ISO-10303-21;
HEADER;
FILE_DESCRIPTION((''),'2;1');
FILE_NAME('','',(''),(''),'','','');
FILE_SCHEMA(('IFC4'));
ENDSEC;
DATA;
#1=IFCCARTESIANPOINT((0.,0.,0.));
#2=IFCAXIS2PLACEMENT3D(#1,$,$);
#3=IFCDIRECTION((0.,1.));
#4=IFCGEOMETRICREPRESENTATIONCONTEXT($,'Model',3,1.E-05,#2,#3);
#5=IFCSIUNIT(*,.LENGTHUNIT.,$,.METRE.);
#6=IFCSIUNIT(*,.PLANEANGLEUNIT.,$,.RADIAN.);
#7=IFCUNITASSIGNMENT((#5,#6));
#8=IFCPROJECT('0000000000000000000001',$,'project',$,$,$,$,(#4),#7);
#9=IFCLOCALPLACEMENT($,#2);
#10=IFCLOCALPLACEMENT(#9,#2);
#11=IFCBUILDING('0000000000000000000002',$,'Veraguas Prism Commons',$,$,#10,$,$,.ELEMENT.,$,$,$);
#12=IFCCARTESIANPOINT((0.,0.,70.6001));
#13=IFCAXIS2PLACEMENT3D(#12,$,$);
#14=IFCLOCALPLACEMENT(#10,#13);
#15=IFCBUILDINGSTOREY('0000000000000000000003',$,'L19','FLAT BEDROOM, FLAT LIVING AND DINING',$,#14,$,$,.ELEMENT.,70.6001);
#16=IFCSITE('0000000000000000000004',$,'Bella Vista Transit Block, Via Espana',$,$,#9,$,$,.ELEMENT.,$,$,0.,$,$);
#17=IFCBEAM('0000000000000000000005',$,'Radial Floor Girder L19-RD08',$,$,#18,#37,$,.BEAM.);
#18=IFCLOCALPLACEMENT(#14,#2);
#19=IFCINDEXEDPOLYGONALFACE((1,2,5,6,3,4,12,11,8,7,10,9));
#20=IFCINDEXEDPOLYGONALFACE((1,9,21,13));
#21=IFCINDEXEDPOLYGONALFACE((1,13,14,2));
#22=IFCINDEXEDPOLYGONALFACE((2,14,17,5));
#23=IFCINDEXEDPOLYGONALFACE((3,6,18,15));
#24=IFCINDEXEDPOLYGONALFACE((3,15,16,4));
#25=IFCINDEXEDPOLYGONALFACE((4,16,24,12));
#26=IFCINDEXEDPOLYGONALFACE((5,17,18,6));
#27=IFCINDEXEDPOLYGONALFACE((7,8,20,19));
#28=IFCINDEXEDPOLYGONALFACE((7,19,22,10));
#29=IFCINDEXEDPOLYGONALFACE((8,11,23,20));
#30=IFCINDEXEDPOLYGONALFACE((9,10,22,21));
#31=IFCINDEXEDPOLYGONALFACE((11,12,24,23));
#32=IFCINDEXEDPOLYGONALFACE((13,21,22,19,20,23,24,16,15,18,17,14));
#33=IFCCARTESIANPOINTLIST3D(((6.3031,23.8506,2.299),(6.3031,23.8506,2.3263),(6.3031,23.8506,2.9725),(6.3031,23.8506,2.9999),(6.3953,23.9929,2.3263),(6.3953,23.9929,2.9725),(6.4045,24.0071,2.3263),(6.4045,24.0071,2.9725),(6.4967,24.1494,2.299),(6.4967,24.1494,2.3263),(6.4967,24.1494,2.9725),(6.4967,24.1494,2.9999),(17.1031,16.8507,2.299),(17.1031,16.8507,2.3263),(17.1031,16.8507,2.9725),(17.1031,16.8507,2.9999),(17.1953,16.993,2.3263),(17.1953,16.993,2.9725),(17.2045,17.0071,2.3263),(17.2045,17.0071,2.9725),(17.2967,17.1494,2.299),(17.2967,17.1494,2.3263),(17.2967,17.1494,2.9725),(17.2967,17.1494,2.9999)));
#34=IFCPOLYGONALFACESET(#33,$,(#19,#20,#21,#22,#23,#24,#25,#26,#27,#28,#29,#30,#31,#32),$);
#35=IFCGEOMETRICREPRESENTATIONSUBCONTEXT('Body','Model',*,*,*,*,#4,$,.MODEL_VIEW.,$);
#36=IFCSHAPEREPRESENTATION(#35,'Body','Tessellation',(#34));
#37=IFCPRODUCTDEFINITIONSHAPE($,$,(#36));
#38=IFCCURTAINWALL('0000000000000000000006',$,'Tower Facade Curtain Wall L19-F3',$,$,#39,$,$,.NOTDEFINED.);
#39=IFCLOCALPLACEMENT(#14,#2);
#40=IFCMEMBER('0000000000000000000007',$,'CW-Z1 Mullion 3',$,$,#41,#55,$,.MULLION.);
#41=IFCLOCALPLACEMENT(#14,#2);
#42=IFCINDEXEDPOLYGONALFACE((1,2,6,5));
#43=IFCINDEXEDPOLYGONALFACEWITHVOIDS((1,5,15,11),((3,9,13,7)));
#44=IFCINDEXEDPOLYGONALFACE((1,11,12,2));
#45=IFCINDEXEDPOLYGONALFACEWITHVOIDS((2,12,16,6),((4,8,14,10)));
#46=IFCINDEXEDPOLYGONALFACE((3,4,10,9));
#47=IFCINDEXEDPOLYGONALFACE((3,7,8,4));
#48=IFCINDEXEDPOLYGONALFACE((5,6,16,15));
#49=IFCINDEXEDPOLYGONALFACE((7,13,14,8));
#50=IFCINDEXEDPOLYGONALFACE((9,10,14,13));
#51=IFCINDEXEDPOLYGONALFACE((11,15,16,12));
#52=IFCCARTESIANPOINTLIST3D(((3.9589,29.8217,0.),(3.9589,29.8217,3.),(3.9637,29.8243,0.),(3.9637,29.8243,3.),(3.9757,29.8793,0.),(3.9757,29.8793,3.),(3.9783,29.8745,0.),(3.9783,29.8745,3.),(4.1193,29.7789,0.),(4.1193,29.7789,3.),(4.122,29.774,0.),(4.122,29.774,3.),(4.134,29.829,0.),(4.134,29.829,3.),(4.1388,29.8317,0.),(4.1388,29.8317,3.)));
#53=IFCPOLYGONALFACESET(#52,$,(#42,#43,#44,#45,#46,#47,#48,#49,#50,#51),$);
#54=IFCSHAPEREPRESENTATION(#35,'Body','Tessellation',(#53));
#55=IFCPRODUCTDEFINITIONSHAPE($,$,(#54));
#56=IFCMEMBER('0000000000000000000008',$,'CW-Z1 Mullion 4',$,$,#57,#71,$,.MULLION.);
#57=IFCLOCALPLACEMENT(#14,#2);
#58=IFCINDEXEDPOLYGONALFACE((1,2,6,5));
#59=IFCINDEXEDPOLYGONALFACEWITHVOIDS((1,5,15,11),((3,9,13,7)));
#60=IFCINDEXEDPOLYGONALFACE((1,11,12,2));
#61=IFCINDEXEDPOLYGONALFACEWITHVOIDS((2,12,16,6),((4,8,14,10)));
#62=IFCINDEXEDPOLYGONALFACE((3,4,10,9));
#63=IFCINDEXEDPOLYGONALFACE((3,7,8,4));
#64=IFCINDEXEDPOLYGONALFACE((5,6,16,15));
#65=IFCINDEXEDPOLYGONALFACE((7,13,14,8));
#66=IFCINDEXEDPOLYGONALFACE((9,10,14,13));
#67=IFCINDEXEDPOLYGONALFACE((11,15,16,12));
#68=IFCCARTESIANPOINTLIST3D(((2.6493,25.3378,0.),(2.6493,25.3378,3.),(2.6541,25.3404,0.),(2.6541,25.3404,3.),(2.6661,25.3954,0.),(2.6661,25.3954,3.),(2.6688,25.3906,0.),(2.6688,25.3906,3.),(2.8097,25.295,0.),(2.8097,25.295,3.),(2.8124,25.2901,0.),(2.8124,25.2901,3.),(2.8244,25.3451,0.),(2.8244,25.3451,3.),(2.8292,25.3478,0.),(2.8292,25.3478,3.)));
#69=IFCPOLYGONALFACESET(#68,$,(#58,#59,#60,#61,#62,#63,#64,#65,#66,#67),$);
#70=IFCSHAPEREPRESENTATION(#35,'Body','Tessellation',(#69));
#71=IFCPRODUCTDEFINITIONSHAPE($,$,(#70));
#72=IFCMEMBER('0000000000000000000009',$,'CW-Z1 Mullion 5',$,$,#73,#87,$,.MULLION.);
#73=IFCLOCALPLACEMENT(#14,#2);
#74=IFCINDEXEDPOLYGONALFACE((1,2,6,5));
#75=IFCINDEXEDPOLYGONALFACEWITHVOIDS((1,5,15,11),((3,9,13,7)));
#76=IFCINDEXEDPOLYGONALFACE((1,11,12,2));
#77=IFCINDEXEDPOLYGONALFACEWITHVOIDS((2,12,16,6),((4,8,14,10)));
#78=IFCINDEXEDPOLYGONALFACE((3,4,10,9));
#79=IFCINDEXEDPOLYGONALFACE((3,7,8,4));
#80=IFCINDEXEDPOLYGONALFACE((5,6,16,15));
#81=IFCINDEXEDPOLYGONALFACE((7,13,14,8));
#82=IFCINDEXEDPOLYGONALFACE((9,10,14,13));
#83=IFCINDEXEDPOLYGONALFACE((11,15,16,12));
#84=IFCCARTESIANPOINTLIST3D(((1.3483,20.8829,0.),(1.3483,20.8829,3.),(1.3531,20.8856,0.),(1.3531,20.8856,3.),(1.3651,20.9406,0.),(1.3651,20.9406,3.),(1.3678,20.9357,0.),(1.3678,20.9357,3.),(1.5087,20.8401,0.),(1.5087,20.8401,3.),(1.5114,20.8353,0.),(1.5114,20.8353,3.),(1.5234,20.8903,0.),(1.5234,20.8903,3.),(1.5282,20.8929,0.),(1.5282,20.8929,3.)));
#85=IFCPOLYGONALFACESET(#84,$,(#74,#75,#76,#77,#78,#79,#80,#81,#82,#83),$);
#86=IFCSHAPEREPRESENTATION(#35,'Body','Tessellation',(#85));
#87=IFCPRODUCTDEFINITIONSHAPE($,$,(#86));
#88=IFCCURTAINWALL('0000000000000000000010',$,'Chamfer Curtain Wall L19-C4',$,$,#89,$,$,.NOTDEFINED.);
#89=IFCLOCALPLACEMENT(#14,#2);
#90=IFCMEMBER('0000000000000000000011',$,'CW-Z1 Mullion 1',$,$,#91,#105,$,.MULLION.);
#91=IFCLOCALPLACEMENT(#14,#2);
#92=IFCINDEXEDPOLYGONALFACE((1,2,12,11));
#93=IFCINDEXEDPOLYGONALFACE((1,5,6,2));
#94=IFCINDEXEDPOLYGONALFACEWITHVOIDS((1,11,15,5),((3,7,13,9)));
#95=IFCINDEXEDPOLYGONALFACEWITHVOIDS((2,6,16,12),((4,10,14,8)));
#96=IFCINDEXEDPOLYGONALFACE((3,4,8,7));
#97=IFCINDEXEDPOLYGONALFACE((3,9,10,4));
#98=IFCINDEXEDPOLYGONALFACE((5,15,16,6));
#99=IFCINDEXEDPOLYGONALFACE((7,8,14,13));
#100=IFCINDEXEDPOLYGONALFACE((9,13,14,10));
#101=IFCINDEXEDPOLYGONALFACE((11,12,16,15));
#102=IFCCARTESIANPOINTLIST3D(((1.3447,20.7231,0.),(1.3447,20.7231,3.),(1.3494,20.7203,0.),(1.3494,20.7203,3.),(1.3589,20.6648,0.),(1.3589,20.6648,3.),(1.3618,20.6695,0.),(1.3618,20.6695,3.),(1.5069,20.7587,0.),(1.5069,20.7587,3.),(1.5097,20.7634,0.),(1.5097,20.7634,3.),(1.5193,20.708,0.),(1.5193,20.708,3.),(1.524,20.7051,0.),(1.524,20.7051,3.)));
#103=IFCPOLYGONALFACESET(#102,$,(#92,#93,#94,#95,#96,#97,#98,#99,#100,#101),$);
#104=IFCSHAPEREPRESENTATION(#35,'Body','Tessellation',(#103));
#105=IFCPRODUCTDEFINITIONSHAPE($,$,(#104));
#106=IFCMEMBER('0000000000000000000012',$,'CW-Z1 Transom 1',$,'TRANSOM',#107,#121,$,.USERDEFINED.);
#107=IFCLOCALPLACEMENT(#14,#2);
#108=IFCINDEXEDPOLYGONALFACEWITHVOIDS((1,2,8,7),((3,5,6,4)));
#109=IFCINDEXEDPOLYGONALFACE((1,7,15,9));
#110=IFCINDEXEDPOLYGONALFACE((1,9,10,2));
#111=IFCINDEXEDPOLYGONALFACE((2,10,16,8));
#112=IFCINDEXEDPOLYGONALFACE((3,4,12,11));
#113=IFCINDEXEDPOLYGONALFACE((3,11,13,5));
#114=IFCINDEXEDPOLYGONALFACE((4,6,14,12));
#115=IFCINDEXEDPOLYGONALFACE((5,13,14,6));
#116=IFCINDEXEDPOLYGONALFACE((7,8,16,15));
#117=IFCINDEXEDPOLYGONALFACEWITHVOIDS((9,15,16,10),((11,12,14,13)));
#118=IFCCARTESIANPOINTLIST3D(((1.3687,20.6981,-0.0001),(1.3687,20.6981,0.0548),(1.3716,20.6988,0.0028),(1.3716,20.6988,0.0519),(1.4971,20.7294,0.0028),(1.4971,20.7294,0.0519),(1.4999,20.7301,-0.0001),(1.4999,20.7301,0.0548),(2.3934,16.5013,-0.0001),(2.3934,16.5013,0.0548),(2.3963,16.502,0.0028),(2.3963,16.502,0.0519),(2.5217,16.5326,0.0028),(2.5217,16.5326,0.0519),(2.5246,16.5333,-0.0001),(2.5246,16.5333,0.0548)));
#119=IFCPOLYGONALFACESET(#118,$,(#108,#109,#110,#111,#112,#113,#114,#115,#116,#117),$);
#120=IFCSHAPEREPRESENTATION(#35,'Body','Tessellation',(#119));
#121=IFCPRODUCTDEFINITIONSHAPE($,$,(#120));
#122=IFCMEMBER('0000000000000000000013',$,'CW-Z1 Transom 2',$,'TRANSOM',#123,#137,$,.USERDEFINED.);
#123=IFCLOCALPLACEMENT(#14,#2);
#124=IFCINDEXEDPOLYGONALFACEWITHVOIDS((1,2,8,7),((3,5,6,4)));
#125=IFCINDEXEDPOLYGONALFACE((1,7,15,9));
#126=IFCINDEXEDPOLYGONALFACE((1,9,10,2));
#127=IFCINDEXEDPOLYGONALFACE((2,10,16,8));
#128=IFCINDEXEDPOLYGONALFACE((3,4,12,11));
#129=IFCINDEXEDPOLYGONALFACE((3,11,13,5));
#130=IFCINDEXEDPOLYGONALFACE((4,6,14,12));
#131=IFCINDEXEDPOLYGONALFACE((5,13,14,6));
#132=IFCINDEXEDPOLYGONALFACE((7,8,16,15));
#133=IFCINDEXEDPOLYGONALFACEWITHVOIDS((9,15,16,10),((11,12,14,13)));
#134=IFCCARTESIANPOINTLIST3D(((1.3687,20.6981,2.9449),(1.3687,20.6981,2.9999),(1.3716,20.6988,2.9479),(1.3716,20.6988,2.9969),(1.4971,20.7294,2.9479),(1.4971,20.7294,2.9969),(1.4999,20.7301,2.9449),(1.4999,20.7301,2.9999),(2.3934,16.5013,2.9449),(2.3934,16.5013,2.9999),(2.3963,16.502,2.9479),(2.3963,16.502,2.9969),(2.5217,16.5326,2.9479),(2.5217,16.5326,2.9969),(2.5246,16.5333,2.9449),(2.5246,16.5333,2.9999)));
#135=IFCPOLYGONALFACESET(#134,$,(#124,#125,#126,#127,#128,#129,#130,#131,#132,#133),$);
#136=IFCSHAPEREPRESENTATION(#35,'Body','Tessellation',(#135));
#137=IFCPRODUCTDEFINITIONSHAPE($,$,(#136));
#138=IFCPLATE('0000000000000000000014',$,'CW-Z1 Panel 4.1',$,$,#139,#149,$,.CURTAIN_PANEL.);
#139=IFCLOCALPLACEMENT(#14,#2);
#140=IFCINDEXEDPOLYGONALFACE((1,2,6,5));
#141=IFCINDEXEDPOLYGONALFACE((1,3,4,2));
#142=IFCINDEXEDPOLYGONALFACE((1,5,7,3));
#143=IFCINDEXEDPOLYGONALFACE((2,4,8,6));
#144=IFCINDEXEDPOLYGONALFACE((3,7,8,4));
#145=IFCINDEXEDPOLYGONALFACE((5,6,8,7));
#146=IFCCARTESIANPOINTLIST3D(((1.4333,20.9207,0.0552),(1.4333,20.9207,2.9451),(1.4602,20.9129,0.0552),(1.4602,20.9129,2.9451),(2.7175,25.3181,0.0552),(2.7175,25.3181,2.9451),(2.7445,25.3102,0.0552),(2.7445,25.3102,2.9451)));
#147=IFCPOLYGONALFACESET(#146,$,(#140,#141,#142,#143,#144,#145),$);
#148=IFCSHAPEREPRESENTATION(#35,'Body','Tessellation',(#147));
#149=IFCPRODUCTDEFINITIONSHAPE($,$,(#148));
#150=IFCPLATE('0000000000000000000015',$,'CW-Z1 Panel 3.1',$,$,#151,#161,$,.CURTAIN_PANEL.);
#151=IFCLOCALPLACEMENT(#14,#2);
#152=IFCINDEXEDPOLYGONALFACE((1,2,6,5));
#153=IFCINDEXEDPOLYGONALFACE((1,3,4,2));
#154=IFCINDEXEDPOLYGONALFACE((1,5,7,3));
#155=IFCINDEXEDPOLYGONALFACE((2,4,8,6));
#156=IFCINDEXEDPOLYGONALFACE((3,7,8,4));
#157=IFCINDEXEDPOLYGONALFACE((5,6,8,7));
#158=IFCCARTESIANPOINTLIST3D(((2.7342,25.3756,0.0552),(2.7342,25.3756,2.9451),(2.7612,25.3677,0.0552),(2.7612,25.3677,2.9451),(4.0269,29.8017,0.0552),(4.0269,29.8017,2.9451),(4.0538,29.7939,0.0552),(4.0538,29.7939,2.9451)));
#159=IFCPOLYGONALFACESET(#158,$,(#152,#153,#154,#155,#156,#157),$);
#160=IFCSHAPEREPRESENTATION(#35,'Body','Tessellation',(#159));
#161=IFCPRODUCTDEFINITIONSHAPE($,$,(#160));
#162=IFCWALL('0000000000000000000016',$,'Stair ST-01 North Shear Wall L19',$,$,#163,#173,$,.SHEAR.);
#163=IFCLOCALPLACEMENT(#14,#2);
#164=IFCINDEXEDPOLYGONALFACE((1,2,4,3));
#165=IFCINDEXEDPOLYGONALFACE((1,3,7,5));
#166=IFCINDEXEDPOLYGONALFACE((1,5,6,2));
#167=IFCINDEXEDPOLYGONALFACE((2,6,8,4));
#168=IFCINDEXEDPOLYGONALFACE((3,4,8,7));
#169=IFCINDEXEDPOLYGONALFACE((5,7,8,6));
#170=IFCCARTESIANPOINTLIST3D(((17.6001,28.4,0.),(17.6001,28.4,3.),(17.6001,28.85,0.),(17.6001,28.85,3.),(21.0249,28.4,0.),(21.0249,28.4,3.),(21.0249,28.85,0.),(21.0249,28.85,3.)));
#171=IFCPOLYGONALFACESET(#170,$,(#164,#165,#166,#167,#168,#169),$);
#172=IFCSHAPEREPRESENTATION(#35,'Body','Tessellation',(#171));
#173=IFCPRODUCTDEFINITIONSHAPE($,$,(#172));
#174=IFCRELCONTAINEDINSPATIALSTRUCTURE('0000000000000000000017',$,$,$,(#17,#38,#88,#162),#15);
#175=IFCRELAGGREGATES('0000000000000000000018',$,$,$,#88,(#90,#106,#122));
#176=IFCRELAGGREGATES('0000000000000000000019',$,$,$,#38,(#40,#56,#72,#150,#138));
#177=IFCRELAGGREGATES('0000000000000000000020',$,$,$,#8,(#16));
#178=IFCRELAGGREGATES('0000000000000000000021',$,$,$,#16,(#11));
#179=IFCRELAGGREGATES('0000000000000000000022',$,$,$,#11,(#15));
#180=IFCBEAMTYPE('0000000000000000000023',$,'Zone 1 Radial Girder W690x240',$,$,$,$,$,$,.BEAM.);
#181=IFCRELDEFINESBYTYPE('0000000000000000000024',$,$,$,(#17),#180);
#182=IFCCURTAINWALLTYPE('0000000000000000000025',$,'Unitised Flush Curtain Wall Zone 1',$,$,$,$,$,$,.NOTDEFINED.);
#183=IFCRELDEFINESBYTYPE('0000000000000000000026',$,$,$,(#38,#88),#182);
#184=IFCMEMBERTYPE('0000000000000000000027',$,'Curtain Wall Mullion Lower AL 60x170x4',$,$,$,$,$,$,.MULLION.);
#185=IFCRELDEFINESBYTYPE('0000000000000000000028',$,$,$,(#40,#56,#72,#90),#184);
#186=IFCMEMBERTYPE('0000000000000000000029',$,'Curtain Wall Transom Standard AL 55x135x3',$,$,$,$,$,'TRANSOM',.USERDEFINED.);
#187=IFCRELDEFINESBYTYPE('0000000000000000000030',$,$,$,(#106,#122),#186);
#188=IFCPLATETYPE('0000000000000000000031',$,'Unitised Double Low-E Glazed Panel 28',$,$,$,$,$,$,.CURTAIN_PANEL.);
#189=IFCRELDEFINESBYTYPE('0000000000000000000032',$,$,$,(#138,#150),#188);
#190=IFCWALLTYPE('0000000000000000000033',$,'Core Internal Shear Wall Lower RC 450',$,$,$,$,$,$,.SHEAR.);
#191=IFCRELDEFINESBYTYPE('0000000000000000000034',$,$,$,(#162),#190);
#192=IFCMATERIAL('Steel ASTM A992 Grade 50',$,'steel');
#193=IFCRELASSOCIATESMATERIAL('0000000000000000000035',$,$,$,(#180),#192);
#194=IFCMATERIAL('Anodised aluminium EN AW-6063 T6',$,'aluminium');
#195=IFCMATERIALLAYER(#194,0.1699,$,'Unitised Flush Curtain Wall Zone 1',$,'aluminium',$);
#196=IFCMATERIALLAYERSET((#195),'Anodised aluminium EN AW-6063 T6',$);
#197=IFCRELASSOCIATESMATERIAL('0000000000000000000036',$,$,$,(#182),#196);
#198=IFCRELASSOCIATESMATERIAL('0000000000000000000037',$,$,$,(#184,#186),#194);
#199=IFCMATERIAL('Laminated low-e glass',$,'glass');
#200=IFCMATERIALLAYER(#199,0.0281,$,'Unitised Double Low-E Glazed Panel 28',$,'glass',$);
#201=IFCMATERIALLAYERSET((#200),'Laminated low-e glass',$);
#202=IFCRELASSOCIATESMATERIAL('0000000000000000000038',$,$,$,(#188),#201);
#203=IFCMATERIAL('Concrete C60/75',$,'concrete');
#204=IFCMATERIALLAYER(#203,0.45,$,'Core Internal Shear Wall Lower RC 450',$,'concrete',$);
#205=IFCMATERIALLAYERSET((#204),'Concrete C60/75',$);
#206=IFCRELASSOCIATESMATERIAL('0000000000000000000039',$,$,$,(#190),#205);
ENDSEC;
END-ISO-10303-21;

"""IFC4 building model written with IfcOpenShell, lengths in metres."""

from ifc_helpers import new_model, si_unit, direction, frame, frame_2d, origin, origin_2d, place, context, subcontext, project, spatial, rectangle, hollow_rectangle, i_section, extrude, source, transform, mapped, material, layer, layer_set, material_profile, profile_set, type_object, element, aggregate, save


model = new_model("IFC4")

# Units and contexts
model_context = context("Model", 3, precision=1e-05, world=origin(), true_north=direction((0.0, 1.0)))
body_context = subcontext(model_context, "Body", "Model", "MODEL_VIEW")
ifc_project = project(units=[si_unit("LENGTHUNIT", "METRE"), si_unit("PLANEANGLEUNIT", "RADIAN")], contexts=[model_context])

# Site, building, storey
site_placement = place(None, origin())
site = spatial("IfcSite", under=ifc_project, at=site_placement, Name="Bella Vista Transit Block, Via Espana", CompositionType="ELEMENT", RefElevation=0.0)
building_placement = place(site_placement, origin())
building = spatial("IfcBuilding", under=site, at=building_placement, Name="Veraguas Prism Commons", CompositionType="ELEMENT")
storey_placement = place(building_placement, frame((0.0, 0.0, 70.6001)))
storey = spatial("IfcBuildingStorey", under=building, at=storey_placement, Name="L19", Description="FLAT BEDROOM, FLAT LIVING AND DINING", CompositionType="ELEMENT", Elevation=70.6001)

# Shared definitions
ifc_material_1 = material(Name="Concrete C60/75", Category="concrete")

# Beam
ifc_material_2 = material(Name="Steel ASTM A992 Grade 50", Category="steel")
ifc_material_profile_1 = material_profile(ifc_material_2, i_section(OverallWidth=0.356, OverallDepth=0.7009, WebThickness=0.0168, FlangeThickness=0.0273, at=origin_2d()), Name="W690X240")
ifc_profile_set_1 = profile_set([ifc_material_profile_1], Name="Steel ASTM A992 Grade 50")
beam_type_1 = type_object("IfcBeamType", Name="Zone 1 Radial Girder W690x240", PredefinedType="BEAM", material=ifc_profile_set_1)
beam_1_placement = place(storey_placement, frame((6.3999, 24.0, 2.6494), z_axis=(0.839154, -0.543894, 0.0), x_axis=(0.543894, 0.839154, 0.0)))
element("IfcBeam", 1, at=beam_1_placement, inside=storey, type_object=beam_type_1, Name="Radial Floor Girder L19-RD08", PredefinedType="BEAM", context=body_context, shape_type="SweptSolid", body=[
    extrude(i_section(OverallWidth=0.356, OverallDepth=0.7009, WebThickness=0.0168, FlangeThickness=0.0273, at=origin_2d()), origin(), (0.0, 0.0, 1.0), 12.8701),
])

# Curtain walls, members
ifc_material_3 = material(Name="Anodised aluminium EN AW-6063 T6", Category="aluminium")
ifc_layer_1 = layer(ifc_material_3, 0.1699, Name="Unitised Flush Curtain Wall Zone 1", Category="aluminium")
ifc_layer_set_1 = layer_set([ifc_layer_1], Name="Anodised aluminium EN AW-6063 T6")
curtain_wall_type = type_object("IfcCurtainWallType", Name="Unitised Flush Curtain Wall Zone 1", PredefinedType="NOTDEFINED", material=ifc_layer_set_1)
curtain_wall_1_placement = place(storey_placement, origin())
curtain_wall_1 = element("IfcCurtainWall", 2, at=curtain_wall_1_placement, inside=storey, type_object=curtain_wall_type, Name="Tower Facade Curtain Wall L19-F3", PredefinedType="NOTDEFINED")
ifc_material_profile_2 = material_profile(ifc_material_3, hollow_rectangle(XDim=0.0601, YDim=0.1699, WallThickness=0.0039, at=origin_2d()), Name="AL60X170X4")
ifc_profile_set_2 = profile_set([ifc_material_profile_2], Name="Anodised aluminium EN AW-6063 T6")
member_type_1 = type_object("IfcMemberType", Name="Curtain Wall Mullion Lower AL 60x170x4", PredefinedType="MULLION", material=ifc_profile_set_2)
shared_shape_1 = source(origin(), body_context, "Body", "SweptSolid", [
    extrude(hollow_rectangle(XDim=0.0601, YDim=0.1699, WallThickness=0.0039, at=origin_2d()), origin(), (0.0, 0.0, 1.0), 3.0),
])
member_1_placement = place(storey_placement, frame((4.0488, 29.8267, 0.0), z_axis=(0.0, 0.0, 1.0), x_axis=(-0.280333, -0.959903, 0.0)))
member_1 = element("IfcMember", 3, at=member_1_placement, type_object=member_type_1, Name="CW-Z1 Mullion 3", PredefinedType="MULLION", context=body_context, shape_type="MappedRepresentation", body=[
    mapped(shared_shape_1, transform((0.0, 0.0, 0.0), scale=1.0)),
])
member_2_placement = place(storey_placement, frame((2.7393, 25.3428, 0.0), z_axis=(0.0, 0.0, 1.0), x_axis=(-0.280333, -0.959903, 0.0)))
member_2 = element("IfcMember", 4, at=member_2_placement, type_object=member_type_1, Name="CW-Z1 Mullion 4", PredefinedType="MULLION", context=body_context, shape_type="MappedRepresentation", body=[
    mapped(shared_shape_1, transform((0.0, 0.0, 0.0), scale=1.0)),
])
member_3_placement = place(storey_placement, frame((1.4382, 20.8879, 0.0), z_axis=(0.0, 0.0, 1.0), x_axis=(-0.280333, -0.959903, 0.0)))
member_3 = element("IfcMember", 5, at=member_3_placement, type_object=member_type_1, Name="CW-Z1 Mullion 5", PredefinedType="MULLION", context=body_context, shape_type="MappedRepresentation", body=[
    mapped(shared_shape_1, transform((0.0, 0.0, 0.0), scale=1.0)),
])
curtain_wall_2_placement = place(storey_placement, origin())
curtain_wall_2 = element("IfcCurtainWall", 6, at=curtain_wall_2_placement, inside=storey, type_object=curtain_wall_type, Name="Chamfer Curtain Wall L19-C4", PredefinedType="NOTDEFINED")
member_4_placement = place(storey_placement, frame((1.4343, 20.7141, 0.0), z_axis=(0.0, 0.0, 1.0), x_axis=(0.237193, -0.971463, 0.0)))
member_4 = element("IfcMember", 7, at=member_4_placement, type_object=member_type_1, Name="CW-Z1 Mullion 1", PredefinedType="MULLION", context=body_context, shape_type="MappedRepresentation", body=[
    mapped(shared_shape_1, transform((0.0, 0.0, 0.0), scale=1.0)),
])
ifc_material_profile_3 = material_profile(ifc_material_3, hollow_rectangle(XDim=0.0549, YDim=0.135, WallThickness=0.0029, at=origin_2d()), Name="AL55X135X3")
ifc_profile_set_3 = profile_set([ifc_material_profile_3], Name="Anodised aluminium EN AW-6063 T6")
member_type_2 = type_object("IfcMemberType", Name="Curtain Wall Transom Standard AL 55x135x3", ElementType="TRANSOM", PredefinedType="USERDEFINED", material=ifc_profile_set_3)
shared_shape_2 = source(origin(), body_context, "Body", "SweptSolid", [
    extrude(hollow_rectangle(XDim=0.0549, YDim=0.135, WallThickness=0.0029, at=origin_2d()), origin(), (0.0, 0.0, 1.0), 4.3201),
])
member_5_placement = place(storey_placement, frame((1.4343, 20.7141, 0.0273), z_axis=(0.237186, -0.971464, 0.0), x_axis=(0.0, 0.0, 1.0)))
member_5 = element("IfcMember", 8, at=member_5_placement, type_object=member_type_2, Name="CW-Z1 Transom 1", ObjectType="TRANSOM", PredefinedType="USERDEFINED", context=body_context, shape_type="MappedRepresentation", body=[
    mapped(shared_shape_2, transform((0.0, 0.0, 0.0), scale=1.0)),
])
member_6_placement = place(storey_placement, frame((1.4343, 20.7141, 2.9724), z_axis=(0.237186, -0.971464, 0.0), x_axis=(0.0, 0.0, 1.0)))
member_6 = element("IfcMember", 9, at=member_6_placement, type_object=member_type_2, Name="CW-Z1 Transom 2", ObjectType="TRANSOM", PredefinedType="USERDEFINED", context=body_context, shape_type="MappedRepresentation", body=[
    mapped(shared_shape_2, transform((0.0, 0.0, 0.0), scale=1.0)),
])
aggregate(curtain_wall_2, [member_4, member_5, member_6])

# Plates
ifc_material_4 = material(Name="Laminated low-e glass", Category="glass")
ifc_layer_2 = layer(ifc_material_4, 0.0281, Name="Unitised Double Low-E Glazed Panel 28", Category="glass")
ifc_layer_set_2 = layer_set([ifc_layer_2], Name="Laminated low-e glass")
plate_type = type_object("IfcPlateType", Name="Unitised Double Low-E Glazed Panel 28", PredefinedType="CURTAIN_PANEL", material=ifc_layer_set_2)
shared_shape_3 = source(origin(), body_context, "Body", "SweptSolid", [
    extrude(rectangle(XDim=4.5811, YDim=0.0281, at=origin_2d()), origin(), (0.0, 0.0, 1.0), 2.8899),
])
plate_1_placement = place(storey_placement, frame((2.0889, 23.1155, 0.0552), z_axis=(0.0, 0.0, 1.0), x_axis=(-0.280333, -0.959903, 0.0)))
plate_1 = element("IfcPlate", 10, at=plate_1_placement, type_object=plate_type, Name="CW-Z1 Panel 4.1", PredefinedType="CURTAIN_PANEL", context=body_context, shape_type="MappedRepresentation", body=[
    mapped(shared_shape_3, transform((0.0, 0.0, 0.0), scale=1.0)),
])
shared_shape_4 = source(origin(), body_context, "Body", "SweptSolid", [
    extrude(rectangle(XDim=4.6111, YDim=0.0281, at=origin_2d()), origin(), (0.0, 0.0, 1.0), 2.8899),
])
plate_2_placement = place(storey_placement, frame((3.394, 27.5847, 0.0552), z_axis=(0.0, 0.0, 1.0), x_axis=(-0.280333, -0.959903, 0.0)))
plate_2 = element("IfcPlate", 11, at=plate_2_placement, type_object=plate_type, Name="CW-Z1 Panel 3.1", PredefinedType="CURTAIN_PANEL", context=body_context, shape_type="MappedRepresentation", body=[
    mapped(shared_shape_4, transform((0.0, 0.0, 0.0), scale=1.0)),
])
aggregate(curtain_wall_1, [member_1, member_2, member_3, plate_2, plate_1])

# Wall
ifc_layer_3 = layer(ifc_material_1, 0.45, Name="Core Internal Shear Wall Lower RC 450", Category="concrete")
ifc_layer_set_3 = layer_set([ifc_layer_3], Name="Concrete C60/75")
wall_type_1 = type_object("IfcWallType", Name="Core Internal Shear Wall Lower RC 450", PredefinedType="SHEAR", material=ifc_layer_set_3)
wall_1_placement = place(storey_placement, frame((17.6001, 28.625, 0.0), z_axis=(0.0, 0.0, 1.0), x_axis=(1.0, 0.0, 0.0)))
element("IfcWall", 12, at=wall_1_placement, inside=storey, type_object=wall_type_1, Name="Stair ST-01 North Shear Wall L19", PredefinedType="SHEAR", context=body_context, shape_type="SweptSolid", body=[
    extrude(rectangle(XDim=3.4248, YDim=0.45, at=frame_2d((1.7124, 0.0))), origin(), (0.0, 0.0, 1.0), 3.0),
])

save(model, "model.ifc")
